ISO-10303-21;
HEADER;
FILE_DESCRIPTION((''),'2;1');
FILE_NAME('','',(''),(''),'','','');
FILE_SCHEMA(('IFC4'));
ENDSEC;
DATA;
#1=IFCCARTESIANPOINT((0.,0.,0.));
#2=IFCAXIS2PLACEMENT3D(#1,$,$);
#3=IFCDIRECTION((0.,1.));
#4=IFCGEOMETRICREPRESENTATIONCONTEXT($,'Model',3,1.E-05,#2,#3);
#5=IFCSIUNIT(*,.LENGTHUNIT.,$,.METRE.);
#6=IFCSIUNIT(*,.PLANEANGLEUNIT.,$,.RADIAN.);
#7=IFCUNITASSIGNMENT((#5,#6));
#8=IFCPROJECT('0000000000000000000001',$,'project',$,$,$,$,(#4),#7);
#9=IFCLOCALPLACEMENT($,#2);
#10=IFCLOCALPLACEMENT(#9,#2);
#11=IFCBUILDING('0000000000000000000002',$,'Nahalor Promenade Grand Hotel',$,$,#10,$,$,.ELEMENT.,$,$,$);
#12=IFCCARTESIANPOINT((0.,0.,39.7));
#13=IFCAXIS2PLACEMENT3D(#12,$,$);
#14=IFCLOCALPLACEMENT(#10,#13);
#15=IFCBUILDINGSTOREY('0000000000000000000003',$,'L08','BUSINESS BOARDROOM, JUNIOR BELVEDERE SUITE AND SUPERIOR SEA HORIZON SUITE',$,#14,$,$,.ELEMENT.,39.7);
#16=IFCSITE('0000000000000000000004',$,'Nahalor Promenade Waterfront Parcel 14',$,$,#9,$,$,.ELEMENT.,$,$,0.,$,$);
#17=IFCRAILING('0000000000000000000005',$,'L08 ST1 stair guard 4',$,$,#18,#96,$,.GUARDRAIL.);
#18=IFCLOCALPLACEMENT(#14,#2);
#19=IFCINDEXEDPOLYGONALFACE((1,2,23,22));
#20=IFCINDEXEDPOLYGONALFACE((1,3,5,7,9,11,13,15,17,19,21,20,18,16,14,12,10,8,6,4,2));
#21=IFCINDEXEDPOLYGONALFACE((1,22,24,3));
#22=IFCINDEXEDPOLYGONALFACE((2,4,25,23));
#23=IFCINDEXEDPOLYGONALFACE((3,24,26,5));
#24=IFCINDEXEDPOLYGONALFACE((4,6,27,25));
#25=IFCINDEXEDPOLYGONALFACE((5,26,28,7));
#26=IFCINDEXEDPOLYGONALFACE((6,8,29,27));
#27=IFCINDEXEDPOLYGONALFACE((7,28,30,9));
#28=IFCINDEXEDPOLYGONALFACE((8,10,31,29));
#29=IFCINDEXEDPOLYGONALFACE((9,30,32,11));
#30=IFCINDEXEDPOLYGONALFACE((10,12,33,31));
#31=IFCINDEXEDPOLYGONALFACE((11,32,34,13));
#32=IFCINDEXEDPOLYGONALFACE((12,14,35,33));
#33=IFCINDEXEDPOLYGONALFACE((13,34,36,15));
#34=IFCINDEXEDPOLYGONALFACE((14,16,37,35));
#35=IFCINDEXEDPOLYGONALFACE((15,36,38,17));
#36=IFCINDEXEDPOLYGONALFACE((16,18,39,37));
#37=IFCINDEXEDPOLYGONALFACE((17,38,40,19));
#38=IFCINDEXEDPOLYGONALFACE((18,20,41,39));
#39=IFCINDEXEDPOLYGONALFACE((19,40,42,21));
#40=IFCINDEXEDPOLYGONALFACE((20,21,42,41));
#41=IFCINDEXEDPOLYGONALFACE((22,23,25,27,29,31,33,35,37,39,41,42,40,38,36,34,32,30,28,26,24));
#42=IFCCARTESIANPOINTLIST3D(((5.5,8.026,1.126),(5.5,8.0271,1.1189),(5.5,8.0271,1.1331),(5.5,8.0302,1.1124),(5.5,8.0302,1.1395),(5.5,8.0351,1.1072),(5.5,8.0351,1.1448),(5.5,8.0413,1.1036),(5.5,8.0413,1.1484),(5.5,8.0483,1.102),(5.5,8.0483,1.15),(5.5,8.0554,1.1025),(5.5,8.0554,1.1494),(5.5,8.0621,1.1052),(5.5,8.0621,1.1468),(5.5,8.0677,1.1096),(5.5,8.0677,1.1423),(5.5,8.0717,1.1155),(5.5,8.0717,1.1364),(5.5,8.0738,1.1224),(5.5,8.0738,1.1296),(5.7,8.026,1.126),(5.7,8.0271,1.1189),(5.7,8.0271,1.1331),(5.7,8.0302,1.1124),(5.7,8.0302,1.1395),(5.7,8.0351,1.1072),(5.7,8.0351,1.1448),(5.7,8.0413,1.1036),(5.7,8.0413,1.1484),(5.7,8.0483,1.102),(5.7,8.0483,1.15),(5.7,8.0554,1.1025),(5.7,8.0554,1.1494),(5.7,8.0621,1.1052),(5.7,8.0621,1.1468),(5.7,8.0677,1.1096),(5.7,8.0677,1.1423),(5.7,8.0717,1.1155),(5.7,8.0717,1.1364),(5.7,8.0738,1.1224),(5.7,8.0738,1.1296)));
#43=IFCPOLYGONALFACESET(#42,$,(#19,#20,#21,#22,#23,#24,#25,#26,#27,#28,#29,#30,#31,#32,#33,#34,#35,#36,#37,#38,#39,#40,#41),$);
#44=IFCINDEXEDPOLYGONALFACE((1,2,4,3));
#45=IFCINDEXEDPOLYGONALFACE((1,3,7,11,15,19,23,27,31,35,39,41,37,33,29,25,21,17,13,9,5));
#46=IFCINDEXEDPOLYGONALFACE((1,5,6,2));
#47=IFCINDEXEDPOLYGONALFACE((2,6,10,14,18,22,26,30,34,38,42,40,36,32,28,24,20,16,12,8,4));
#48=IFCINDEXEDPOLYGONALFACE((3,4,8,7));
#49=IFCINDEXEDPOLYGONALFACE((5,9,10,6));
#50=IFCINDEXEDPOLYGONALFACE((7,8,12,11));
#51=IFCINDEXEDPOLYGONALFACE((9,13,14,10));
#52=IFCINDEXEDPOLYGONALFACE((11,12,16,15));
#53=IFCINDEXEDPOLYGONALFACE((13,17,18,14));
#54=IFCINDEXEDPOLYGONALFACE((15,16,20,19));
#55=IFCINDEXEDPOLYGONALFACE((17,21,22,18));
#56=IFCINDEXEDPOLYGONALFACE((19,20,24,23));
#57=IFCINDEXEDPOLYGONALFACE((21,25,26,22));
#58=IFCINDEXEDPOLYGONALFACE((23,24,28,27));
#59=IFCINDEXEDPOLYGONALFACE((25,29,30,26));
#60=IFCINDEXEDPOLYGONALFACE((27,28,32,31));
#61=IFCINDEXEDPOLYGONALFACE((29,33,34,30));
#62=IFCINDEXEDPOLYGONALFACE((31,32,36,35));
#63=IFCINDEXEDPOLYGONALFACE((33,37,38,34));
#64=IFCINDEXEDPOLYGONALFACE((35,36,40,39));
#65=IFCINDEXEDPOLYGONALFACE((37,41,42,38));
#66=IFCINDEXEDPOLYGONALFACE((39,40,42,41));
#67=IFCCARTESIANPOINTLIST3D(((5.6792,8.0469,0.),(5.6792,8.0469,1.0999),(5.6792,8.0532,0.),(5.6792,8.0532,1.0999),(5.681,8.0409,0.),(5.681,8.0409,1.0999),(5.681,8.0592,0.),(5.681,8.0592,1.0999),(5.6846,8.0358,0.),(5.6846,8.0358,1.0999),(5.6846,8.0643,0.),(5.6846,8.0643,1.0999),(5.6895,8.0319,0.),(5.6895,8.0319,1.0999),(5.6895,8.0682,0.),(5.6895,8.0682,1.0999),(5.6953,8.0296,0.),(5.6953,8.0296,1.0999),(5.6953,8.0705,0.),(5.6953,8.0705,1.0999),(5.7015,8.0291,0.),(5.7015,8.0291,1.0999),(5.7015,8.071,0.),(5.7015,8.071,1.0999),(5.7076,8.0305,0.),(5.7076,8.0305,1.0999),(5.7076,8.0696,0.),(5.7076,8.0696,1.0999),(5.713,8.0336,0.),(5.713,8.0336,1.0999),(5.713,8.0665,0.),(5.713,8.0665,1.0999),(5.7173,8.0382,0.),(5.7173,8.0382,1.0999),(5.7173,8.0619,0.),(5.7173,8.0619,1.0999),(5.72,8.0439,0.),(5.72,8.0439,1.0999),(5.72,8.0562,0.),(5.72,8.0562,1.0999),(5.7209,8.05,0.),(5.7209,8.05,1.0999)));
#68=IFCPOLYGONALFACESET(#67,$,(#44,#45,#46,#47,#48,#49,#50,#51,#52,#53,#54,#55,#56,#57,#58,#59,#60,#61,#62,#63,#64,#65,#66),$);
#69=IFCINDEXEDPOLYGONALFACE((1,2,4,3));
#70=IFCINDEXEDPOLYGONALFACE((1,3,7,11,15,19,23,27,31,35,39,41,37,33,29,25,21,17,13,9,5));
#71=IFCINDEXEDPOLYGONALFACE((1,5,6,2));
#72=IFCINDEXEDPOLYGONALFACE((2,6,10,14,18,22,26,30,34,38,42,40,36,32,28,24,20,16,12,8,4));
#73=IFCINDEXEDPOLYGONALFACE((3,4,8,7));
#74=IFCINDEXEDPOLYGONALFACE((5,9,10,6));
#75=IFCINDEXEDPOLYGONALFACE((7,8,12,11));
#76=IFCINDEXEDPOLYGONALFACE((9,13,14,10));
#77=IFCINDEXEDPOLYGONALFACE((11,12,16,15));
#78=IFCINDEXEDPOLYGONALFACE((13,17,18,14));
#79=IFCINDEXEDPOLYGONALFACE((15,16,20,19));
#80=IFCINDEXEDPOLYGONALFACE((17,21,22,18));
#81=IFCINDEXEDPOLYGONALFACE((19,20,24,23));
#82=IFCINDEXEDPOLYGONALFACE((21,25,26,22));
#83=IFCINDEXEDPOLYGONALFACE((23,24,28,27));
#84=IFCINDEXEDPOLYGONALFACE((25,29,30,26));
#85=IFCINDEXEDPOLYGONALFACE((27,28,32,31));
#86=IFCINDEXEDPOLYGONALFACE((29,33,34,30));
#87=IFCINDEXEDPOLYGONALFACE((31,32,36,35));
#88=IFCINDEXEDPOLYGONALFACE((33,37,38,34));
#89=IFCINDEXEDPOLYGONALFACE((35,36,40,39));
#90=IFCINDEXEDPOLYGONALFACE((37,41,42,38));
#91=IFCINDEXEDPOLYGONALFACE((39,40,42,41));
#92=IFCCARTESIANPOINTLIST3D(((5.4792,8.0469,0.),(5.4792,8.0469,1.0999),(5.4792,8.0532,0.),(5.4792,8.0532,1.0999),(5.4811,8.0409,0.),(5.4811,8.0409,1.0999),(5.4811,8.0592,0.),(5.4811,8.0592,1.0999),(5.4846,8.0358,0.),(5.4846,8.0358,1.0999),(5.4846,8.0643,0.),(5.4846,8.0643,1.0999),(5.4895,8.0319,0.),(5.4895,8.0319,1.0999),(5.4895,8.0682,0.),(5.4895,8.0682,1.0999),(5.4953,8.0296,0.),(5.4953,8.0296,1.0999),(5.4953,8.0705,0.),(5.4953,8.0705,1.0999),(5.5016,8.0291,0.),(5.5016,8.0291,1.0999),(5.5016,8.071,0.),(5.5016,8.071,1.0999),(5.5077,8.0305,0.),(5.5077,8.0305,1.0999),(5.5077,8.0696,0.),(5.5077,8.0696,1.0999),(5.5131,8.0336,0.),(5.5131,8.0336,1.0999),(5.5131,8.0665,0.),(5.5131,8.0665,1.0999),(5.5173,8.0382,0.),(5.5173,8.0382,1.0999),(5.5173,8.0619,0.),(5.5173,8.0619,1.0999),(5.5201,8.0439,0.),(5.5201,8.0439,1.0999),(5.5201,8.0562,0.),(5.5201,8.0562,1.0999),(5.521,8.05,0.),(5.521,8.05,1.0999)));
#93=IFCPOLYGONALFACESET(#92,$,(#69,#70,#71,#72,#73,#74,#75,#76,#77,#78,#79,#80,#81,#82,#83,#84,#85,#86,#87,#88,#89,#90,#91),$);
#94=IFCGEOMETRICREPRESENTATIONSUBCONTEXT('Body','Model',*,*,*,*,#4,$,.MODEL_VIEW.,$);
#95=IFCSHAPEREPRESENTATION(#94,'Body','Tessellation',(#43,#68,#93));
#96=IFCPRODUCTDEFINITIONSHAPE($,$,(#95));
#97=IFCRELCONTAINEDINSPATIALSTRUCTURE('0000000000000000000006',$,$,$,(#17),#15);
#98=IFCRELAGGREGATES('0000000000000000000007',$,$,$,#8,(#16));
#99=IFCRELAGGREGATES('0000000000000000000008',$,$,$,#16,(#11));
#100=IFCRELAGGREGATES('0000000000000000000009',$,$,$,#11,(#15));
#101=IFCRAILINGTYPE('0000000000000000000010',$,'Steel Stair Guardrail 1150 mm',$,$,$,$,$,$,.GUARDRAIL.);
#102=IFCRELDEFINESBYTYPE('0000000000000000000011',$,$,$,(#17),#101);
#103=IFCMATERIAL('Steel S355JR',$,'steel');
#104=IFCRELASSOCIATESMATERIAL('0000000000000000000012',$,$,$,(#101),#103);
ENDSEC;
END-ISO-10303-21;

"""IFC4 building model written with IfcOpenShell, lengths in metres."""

from ifc_helpers import new_model, si_unit, direction, frame, origin, origin_2d, place, context, subcontext, project, spatial, circle, extrude, material, type_object, element, save


model = new_model("IFC4")

# Units and contexts
model_context = context("Model", 3, precision=1e-05, world=origin(), true_north=direction((0.0, 1.0)))
body_context = subcontext(model_context, "Body", "Model", "MODEL_VIEW")
ifc_project = project(units=[si_unit("LENGTHUNIT", "METRE"), si_unit("PLANEANGLEUNIT", "RADIAN")], contexts=[model_context])

# Site, building, storey
site_placement = place(None, origin())
site = spatial("IfcSite", under=ifc_project, at=site_placement, Name="Nahalor Promenade Waterfront Parcel 14", CompositionType="ELEMENT", RefElevation=0.0)
building_placement = place(site_placement, origin())
building = spatial("IfcBuilding", under=site, at=building_placement, Name="Nahalor Promenade Grand Hotel", CompositionType="ELEMENT")
storey_placement = place(building_placement, frame((0.0, 0.0, 39.7)))
storey = spatial("IfcBuildingStorey", under=building, at=storey_placement, Name="L08", Description="BUSINESS BOARDROOM, JUNIOR BELVEDERE SUITE AND SUPERIOR SEA HORIZON SUITE", CompositionType="ELEMENT", Elevation=39.7)

# Shared definitions
ifc_material_1 = material(Name="Steel S355JR", Category="steel")

# Railing
railing_type_1 = type_object("IfcRailingType", Name="Steel Stair Guardrail 1150 mm", PredefinedType="GUARDRAIL", material=ifc_material_1)
railing_1_placement = place(storey_placement, frame((5.7, 8.05, 0.0)))
element("IfcRailing", 1, at=railing_1_placement, inside=storey, type_object=railing_type_1, Name="L08 ST1 stair guard 4", PredefinedType="GUARDRAIL", context=body_context, shape_type="SweptSolid", body=[
    extrude(circle(Radius=0.024, at=origin_2d()), frame((0.0, 0.0, 1.126), z_axis=(-1.0, 0.0, 0.0), x_axis=(0.0, -1.0, 0.0)), (0.0, 0.0, 1.0), 0.2),
    extrude(circle(Radius=0.021, at=origin_2d()), origin(), (0.0, 0.0, 1.0), 1.0999),
    extrude(circle(Radius=0.021, at=origin_2d()), frame((-0.2, 0.0, 0.0)), (0.0, 0.0, 1.0), 1.0999),
])

save(model, "model.ifc")
